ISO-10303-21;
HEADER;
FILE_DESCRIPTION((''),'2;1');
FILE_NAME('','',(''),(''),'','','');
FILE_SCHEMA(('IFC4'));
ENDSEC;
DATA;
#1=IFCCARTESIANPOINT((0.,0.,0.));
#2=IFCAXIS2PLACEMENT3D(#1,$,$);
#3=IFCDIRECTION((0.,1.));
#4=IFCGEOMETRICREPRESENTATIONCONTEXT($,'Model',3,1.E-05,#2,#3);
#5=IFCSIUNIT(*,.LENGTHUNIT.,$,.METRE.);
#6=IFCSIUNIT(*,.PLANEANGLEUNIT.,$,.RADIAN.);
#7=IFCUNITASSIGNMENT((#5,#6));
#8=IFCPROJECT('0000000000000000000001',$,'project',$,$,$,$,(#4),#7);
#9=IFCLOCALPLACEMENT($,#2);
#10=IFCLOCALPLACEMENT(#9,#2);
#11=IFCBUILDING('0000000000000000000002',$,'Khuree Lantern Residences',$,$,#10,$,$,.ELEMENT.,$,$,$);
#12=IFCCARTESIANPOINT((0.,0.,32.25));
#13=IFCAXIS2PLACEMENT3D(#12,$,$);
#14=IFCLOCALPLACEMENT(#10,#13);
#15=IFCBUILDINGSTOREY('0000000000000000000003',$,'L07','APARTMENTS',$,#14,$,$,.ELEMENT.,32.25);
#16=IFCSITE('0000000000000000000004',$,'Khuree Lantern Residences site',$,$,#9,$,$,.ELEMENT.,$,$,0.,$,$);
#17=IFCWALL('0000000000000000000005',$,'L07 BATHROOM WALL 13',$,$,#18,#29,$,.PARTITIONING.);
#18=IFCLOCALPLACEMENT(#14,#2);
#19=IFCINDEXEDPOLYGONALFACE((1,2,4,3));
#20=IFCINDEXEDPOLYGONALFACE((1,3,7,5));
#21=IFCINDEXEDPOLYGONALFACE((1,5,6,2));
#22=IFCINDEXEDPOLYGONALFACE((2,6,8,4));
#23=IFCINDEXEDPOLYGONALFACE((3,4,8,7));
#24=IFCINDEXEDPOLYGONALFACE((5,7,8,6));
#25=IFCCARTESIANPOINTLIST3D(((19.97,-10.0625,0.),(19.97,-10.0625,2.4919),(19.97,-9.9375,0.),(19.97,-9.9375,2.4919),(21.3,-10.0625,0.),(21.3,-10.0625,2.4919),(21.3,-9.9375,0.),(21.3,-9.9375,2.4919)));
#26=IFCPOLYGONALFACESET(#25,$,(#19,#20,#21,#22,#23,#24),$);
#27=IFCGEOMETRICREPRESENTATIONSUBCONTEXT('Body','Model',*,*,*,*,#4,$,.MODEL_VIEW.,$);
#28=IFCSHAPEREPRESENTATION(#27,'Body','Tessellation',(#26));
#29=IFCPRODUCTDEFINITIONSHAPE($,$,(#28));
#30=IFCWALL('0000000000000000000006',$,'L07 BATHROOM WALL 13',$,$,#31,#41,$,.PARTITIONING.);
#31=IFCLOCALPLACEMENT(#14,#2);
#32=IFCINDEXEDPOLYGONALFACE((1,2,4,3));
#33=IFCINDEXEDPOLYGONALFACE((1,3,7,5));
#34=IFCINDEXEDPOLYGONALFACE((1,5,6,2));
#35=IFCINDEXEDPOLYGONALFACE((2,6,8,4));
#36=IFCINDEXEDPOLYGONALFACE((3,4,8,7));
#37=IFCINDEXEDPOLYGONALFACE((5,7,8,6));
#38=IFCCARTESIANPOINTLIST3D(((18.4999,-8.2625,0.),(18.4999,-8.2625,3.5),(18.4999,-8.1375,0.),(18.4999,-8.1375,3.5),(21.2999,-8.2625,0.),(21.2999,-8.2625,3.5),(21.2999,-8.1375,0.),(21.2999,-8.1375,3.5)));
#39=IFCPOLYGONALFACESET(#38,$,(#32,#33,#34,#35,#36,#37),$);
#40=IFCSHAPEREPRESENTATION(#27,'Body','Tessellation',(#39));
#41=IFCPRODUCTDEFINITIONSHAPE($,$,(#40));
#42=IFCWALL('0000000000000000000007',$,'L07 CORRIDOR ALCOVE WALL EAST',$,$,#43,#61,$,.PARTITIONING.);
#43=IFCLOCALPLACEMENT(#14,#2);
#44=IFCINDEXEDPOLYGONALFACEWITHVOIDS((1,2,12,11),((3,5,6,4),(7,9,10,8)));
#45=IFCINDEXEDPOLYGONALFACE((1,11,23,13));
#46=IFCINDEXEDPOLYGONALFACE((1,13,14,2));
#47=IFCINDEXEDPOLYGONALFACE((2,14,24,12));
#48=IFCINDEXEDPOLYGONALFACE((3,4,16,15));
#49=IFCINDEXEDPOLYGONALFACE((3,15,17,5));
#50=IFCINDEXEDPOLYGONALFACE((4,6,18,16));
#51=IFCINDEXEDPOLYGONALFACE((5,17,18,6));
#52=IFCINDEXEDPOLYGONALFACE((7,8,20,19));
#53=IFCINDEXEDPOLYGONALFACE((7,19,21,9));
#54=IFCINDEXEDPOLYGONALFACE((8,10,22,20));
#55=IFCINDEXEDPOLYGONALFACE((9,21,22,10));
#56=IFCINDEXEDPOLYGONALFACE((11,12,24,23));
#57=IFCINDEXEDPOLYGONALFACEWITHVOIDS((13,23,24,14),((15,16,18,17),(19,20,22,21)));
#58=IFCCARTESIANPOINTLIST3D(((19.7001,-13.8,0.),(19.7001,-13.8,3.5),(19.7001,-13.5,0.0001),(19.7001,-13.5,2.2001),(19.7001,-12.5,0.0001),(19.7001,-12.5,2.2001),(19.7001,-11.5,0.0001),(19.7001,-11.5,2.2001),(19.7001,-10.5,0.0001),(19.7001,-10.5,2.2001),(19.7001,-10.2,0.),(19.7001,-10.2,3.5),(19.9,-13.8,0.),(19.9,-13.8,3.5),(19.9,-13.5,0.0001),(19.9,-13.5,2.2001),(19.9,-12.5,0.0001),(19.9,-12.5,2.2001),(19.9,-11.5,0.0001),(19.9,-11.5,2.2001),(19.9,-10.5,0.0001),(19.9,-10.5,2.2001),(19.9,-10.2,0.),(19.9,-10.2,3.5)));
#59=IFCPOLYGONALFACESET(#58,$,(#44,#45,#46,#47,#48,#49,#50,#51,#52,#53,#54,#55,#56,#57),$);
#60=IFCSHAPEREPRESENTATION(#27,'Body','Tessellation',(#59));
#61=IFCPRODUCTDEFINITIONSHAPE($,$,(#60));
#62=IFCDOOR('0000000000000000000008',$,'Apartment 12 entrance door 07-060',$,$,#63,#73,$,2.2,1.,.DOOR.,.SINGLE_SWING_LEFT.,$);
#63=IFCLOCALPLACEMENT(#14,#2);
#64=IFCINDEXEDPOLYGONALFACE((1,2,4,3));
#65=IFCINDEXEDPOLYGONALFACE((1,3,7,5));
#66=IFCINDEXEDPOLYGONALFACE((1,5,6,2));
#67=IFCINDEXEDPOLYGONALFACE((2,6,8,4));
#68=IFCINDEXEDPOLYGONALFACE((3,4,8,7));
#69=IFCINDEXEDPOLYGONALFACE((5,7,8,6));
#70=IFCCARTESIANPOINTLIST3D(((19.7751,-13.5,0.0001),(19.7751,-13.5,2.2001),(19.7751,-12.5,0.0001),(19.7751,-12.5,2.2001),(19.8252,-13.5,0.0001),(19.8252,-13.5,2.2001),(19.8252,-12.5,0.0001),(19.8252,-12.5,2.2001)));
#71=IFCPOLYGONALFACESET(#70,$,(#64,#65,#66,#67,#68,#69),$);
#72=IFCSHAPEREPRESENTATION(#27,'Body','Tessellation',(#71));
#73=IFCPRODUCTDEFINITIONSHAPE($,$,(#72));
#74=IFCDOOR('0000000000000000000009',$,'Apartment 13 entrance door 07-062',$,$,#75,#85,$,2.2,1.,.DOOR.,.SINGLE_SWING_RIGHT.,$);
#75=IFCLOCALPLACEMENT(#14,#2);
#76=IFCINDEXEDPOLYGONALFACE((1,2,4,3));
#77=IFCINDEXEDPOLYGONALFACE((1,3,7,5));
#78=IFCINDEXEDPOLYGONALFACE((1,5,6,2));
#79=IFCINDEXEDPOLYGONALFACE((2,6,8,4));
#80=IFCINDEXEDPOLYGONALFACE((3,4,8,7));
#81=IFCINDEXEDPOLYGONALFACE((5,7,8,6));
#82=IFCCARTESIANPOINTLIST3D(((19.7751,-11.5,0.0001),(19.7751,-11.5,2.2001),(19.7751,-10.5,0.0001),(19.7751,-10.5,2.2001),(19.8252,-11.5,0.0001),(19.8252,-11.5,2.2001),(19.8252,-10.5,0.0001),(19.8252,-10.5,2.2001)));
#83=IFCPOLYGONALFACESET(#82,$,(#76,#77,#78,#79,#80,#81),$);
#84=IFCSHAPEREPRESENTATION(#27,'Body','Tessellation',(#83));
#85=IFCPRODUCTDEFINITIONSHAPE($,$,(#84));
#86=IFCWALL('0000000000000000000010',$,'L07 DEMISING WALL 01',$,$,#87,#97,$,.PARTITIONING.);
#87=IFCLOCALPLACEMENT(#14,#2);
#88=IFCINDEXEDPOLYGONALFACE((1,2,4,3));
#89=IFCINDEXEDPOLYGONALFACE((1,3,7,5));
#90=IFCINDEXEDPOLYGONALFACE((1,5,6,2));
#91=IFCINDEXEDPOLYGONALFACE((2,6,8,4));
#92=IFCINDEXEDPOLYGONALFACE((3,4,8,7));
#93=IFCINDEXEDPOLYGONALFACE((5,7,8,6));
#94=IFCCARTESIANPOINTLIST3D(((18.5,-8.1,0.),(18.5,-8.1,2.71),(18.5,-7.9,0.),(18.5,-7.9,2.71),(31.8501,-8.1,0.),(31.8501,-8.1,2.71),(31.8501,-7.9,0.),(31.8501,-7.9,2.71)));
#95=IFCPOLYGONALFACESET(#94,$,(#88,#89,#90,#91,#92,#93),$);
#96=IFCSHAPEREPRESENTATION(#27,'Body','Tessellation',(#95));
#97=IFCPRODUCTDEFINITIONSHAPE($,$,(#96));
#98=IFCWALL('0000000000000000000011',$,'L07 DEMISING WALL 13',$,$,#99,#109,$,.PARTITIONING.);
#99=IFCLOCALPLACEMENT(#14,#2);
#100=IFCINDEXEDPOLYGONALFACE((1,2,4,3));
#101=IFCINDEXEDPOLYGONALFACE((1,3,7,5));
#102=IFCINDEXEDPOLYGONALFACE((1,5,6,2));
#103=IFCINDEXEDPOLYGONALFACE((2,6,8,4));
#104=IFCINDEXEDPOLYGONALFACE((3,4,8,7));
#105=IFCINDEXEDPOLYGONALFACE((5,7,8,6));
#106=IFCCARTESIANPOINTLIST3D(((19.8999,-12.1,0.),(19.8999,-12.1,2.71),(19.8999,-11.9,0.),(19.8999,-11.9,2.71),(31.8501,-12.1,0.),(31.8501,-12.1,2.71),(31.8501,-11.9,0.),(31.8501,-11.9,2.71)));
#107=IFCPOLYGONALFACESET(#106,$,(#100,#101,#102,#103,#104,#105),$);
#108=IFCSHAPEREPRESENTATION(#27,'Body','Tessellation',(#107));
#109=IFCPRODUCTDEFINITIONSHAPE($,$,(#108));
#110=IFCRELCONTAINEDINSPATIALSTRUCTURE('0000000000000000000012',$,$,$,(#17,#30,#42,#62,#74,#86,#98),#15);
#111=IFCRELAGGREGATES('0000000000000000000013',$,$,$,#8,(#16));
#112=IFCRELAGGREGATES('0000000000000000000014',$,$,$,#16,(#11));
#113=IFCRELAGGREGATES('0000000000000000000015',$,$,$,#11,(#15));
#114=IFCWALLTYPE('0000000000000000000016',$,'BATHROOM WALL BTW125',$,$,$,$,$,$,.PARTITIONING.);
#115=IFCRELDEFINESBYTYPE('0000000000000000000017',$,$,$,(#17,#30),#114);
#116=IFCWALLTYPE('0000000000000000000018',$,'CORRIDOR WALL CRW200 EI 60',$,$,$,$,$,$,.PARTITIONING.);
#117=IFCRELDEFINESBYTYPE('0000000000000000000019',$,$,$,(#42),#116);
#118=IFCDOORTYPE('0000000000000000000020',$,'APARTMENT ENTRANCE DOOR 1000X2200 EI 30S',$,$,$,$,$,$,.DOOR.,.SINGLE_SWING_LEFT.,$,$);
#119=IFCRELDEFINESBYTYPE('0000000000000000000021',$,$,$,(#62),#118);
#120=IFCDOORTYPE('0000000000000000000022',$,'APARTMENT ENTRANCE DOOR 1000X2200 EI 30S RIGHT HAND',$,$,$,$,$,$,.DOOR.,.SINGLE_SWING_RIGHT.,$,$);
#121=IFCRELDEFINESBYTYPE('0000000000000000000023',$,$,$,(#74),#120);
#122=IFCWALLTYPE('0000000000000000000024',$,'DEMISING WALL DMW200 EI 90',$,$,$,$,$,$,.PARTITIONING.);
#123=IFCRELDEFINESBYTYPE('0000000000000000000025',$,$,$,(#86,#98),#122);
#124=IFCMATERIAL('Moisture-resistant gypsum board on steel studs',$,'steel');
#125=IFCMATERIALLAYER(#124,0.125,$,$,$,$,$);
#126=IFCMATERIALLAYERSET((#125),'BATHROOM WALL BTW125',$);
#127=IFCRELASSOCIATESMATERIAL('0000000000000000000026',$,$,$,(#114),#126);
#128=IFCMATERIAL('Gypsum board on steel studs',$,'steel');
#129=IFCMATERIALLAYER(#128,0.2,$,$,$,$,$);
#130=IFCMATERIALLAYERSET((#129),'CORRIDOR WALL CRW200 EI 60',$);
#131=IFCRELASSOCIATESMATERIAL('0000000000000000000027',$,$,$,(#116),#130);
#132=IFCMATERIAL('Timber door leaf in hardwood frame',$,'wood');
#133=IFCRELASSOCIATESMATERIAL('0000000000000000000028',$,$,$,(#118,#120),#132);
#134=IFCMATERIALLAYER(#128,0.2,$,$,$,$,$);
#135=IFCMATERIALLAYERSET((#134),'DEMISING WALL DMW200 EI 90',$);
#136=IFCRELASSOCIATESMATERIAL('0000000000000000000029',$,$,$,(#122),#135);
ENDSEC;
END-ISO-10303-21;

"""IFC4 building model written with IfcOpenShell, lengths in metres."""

from ifc_helpers import new_model, si_unit, direction, frame, frame_2d, origin, place, context, subcontext, project, spatial, rectangle, extrude, material, layer, layer_set, type_object, element, fill, save


model = new_model("IFC4")

# Units and contexts
model_context = context("Model", 3, precision=1e-05, world=origin(), true_north=direction((0.0, 1.0)))
body_context = subcontext(model_context, "Body", "Model", "MODEL_VIEW")
ifc_project = project(units=[si_unit("LENGTHUNIT", "METRE"), si_unit("PLANEANGLEUNIT", "RADIAN")], contexts=[model_context])

# Site, building, storey
site_placement = place(None, origin())
site = spatial("IfcSite", under=ifc_project, at=site_placement, Name="Khuree Lantern Residences site", CompositionType="ELEMENT", RefElevation=0.0)
building_placement = place(site_placement, origin())
building = spatial("IfcBuilding", under=site, at=building_placement, Name="Khuree Lantern Residences", CompositionType="ELEMENT")
storey_placement = place(building_placement, frame((0.0, 0.0, 32.25)))
storey = spatial("IfcBuildingStorey", under=building, at=storey_placement, Name="L07", Description="APARTMENTS", CompositionType="ELEMENT", Elevation=32.25)

# Shared definitions
ifc_material_1 = material(Name="Moisture-resistant gypsum board on steel studs", Category="steel")
ifc_layer_1 = layer(ifc_material_1, 0.125)
ifc_layer_set_1 = layer_set([ifc_layer_1], Name="BATHROOM WALL BTW125")
wall_type_1 = type_object("IfcWallType", Name="BATHROOM WALL BTW125", PredefinedType="PARTITIONING", material=ifc_layer_set_1)
ifc_material_2 = material(Name="Timber door leaf in hardwood frame", Category="wood")

# Walls
wall_1_placement = place(storey_placement, frame((19.97, -10.0, 0.0), z_axis=(0.0, 0.0, 1.0), x_axis=(1.0, 0.0, 0.0)))
element("IfcWall", 1, at=wall_1_placement, inside=storey, type_object=wall_type_1, Name="L07 BATHROOM WALL 13", PredefinedType="PARTITIONING", context=body_context, shape_type="SweptSolid", body=[
    extrude(rectangle(XDim=1.3301, YDim=0.125, at=frame_2d((0.665, 0.0))), origin(), (0.0, 0.0, 1.0), 2.4919),
])
wall_2_placement = place(storey_placement, frame((18.5, -8.2, 0.0), z_axis=(0.0, 0.0, 1.0), x_axis=(1.0, 0.0, 0.0)))
element("IfcWall", 2, at=wall_2_placement, inside=storey, type_object=wall_type_1, Name="L07 BATHROOM WALL 13", PredefinedType="PARTITIONING", context=body_context, shape_type="SweptSolid", body=[
    extrude(rectangle(XDim=2.8, YDim=0.125, at=frame_2d((1.3999, 0.0))), origin(), (0.0, 0.0, 1.0), 3.5),
])

# Wall, openings, doors
ifc_material_3 = material(Name="Gypsum board on steel studs", Category="steel")
ifc_layer_2 = layer(ifc_material_3, 0.2)
ifc_layer_set_2 = layer_set([ifc_layer_2], Name="CORRIDOR WALL CRW200 EI 60")
wall_type_2 = type_object("IfcWallType", Name="CORRIDOR WALL CRW200 EI 60", PredefinedType="PARTITIONING", material=ifc_layer_set_2)
wall_3_placement = place(storey_placement, frame((19.8, -13.8, 0.0), z_axis=(0.0, 0.0, 1.0), x_axis=(0.0, 1.0, 0.0)))
wall_3 = element("IfcWall", 3, at=wall_3_placement, inside=storey, type_object=wall_type_2, Name="L07 CORRIDOR ALCOVE WALL EAST", PredefinedType="PARTITIONING", context=body_context, shape_type="SweptSolid", body=[
    extrude(rectangle(XDim=3.6001, YDim=0.2, at=frame_2d((1.8, 0.0))), origin(), (0.0, 0.0, 1.0), 3.5),
])
opening_1_placement = place(wall_3_placement, frame((0.3, 0.0, 0.0)))
opening_1 = element("IfcOpeningElement", 4, at=opening_1_placement, cuts=wall_3, PredefinedType="OPENING", context=body_context, shape_type="SweptSolid", body=[
    extrude(rectangle(XDim=1.0, YDim=2.2, at=frame_2d((0.5, 1.1001))), frame((0.0, 0.1099, 0.0), z_axis=(0.0, -1.0, 0.0), x_axis=(1.0, 0.0, 0.0)), (0.0, 0.0, 1.0), 0.22),
])
opening_2_placement = place(wall_3_placement, frame((2.3, 0.0, 0.0)))
opening_2 = element("IfcOpeningElement", 5, at=opening_2_placement, cuts=wall_3, PredefinedType="OPENING", context=body_context, shape_type="SweptSolid", body=[
    extrude(rectangle(XDim=1.0, YDim=2.2, at=frame_2d((0.5, 1.1001))), frame((0.0, 0.1099, 0.0), z_axis=(0.0, -1.0, 0.0), x_axis=(1.0, 0.0, 0.0)), (0.0, 0.0, 1.0), 0.22),
])
door_type_1 = type_object("IfcDoorType", Name="APARTMENT ENTRANCE DOOR 1000X2200 EI 30S", OperationType="SINGLE_SWING_LEFT", PredefinedType="DOOR", material=ifc_material_2)
door_1_placement = place(opening_1_placement, origin())
door_1 = element("IfcDoor", 6, at=door_1_placement, inside=storey, type_object=door_type_1, Name="Apartment 12 entrance door 07-060", OperationType="SINGLE_SWING_LEFT", OverallHeight=2.2, OverallWidth=1.0, PredefinedType="DOOR", context=body_context, shape_type="SweptSolid", body=[
    extrude(rectangle(XDim=1.0, YDim=2.2, at=frame_2d((0.5, 1.1001))), frame((0.0, 0.0249, 0.0), z_axis=(0.0, -1.0, 0.0), x_axis=(1.0, 0.0, 0.0)), (0.0, 0.0, 1.0), 0.05),
])
fill(opening_1, door_1)
door_type_2 = type_object("IfcDoorType", Name="APARTMENT ENTRANCE DOOR 1000X2200 EI 30S RIGHT HAND", OperationType="SINGLE_SWING_RIGHT", PredefinedType="DOOR", material=ifc_material_2)
door_2_placement = place(opening_2_placement, origin())
door_2 = element("IfcDoor", 7, at=door_2_placement, inside=storey, type_object=door_type_2, Name="Apartment 13 entrance door 07-062", OperationType="SINGLE_SWING_RIGHT", OverallHeight=2.2, OverallWidth=1.0, PredefinedType="DOOR", context=body_context, shape_type="SweptSolid", body=[
    extrude(rectangle(XDim=1.0, YDim=2.2, at=frame_2d((0.5, 1.1001))), frame((0.0, 0.0249, 0.0), z_axis=(0.0, -1.0, 0.0), x_axis=(1.0, 0.0, 0.0)), (0.0, 0.0, 1.0), 0.05),
])
fill(opening_2, door_2)

# Walls
ifc_layer_3 = layer(ifc_material_3, 0.2)
ifc_layer_set_3 = layer_set([ifc_layer_3], Name="DEMISING WALL DMW200 EI 90")
wall_type_3 = type_object("IfcWallType", Name="DEMISING WALL DMW200 EI 90", PredefinedType="PARTITIONING", material=ifc_layer_set_3)
wall_4_placement = place(storey_placement, frame((18.5, -8.0, 0.0), z_axis=(0.0, 0.0, 1.0), x_axis=(1.0, 0.0, 0.0)))
element("IfcWall", 8, at=wall_4_placement, inside=storey, type_object=wall_type_3, Name="L07 DEMISING WALL 01", PredefinedType="PARTITIONING", context=body_context, shape_type="SweptSolid", body=[
    extrude(rectangle(XDim=13.3501, YDim=0.2, at=frame_2d((6.675, 0.0))), origin(), (0.0, 0.0, 1.0), 2.71),
])
wall_5_placement = place(storey_placement, frame((19.8999, -12.0, 0.0), z_axis=(0.0, 0.0, 1.0), x_axis=(1.0, 0.0, 0.0)))
element("IfcWall", 9, at=wall_5_placement, inside=storey, type_object=wall_type_3, Name="L07 DEMISING WALL 13", PredefinedType="PARTITIONING", context=body_context, shape_type="SweptSolid", body=[
    extrude(rectangle(XDim=11.9502, YDim=0.2, at=frame_2d((5.9751, 0.0))), origin(), (0.0, 0.0, 1.0), 2.71),
])

save(model, "model.ifc")
